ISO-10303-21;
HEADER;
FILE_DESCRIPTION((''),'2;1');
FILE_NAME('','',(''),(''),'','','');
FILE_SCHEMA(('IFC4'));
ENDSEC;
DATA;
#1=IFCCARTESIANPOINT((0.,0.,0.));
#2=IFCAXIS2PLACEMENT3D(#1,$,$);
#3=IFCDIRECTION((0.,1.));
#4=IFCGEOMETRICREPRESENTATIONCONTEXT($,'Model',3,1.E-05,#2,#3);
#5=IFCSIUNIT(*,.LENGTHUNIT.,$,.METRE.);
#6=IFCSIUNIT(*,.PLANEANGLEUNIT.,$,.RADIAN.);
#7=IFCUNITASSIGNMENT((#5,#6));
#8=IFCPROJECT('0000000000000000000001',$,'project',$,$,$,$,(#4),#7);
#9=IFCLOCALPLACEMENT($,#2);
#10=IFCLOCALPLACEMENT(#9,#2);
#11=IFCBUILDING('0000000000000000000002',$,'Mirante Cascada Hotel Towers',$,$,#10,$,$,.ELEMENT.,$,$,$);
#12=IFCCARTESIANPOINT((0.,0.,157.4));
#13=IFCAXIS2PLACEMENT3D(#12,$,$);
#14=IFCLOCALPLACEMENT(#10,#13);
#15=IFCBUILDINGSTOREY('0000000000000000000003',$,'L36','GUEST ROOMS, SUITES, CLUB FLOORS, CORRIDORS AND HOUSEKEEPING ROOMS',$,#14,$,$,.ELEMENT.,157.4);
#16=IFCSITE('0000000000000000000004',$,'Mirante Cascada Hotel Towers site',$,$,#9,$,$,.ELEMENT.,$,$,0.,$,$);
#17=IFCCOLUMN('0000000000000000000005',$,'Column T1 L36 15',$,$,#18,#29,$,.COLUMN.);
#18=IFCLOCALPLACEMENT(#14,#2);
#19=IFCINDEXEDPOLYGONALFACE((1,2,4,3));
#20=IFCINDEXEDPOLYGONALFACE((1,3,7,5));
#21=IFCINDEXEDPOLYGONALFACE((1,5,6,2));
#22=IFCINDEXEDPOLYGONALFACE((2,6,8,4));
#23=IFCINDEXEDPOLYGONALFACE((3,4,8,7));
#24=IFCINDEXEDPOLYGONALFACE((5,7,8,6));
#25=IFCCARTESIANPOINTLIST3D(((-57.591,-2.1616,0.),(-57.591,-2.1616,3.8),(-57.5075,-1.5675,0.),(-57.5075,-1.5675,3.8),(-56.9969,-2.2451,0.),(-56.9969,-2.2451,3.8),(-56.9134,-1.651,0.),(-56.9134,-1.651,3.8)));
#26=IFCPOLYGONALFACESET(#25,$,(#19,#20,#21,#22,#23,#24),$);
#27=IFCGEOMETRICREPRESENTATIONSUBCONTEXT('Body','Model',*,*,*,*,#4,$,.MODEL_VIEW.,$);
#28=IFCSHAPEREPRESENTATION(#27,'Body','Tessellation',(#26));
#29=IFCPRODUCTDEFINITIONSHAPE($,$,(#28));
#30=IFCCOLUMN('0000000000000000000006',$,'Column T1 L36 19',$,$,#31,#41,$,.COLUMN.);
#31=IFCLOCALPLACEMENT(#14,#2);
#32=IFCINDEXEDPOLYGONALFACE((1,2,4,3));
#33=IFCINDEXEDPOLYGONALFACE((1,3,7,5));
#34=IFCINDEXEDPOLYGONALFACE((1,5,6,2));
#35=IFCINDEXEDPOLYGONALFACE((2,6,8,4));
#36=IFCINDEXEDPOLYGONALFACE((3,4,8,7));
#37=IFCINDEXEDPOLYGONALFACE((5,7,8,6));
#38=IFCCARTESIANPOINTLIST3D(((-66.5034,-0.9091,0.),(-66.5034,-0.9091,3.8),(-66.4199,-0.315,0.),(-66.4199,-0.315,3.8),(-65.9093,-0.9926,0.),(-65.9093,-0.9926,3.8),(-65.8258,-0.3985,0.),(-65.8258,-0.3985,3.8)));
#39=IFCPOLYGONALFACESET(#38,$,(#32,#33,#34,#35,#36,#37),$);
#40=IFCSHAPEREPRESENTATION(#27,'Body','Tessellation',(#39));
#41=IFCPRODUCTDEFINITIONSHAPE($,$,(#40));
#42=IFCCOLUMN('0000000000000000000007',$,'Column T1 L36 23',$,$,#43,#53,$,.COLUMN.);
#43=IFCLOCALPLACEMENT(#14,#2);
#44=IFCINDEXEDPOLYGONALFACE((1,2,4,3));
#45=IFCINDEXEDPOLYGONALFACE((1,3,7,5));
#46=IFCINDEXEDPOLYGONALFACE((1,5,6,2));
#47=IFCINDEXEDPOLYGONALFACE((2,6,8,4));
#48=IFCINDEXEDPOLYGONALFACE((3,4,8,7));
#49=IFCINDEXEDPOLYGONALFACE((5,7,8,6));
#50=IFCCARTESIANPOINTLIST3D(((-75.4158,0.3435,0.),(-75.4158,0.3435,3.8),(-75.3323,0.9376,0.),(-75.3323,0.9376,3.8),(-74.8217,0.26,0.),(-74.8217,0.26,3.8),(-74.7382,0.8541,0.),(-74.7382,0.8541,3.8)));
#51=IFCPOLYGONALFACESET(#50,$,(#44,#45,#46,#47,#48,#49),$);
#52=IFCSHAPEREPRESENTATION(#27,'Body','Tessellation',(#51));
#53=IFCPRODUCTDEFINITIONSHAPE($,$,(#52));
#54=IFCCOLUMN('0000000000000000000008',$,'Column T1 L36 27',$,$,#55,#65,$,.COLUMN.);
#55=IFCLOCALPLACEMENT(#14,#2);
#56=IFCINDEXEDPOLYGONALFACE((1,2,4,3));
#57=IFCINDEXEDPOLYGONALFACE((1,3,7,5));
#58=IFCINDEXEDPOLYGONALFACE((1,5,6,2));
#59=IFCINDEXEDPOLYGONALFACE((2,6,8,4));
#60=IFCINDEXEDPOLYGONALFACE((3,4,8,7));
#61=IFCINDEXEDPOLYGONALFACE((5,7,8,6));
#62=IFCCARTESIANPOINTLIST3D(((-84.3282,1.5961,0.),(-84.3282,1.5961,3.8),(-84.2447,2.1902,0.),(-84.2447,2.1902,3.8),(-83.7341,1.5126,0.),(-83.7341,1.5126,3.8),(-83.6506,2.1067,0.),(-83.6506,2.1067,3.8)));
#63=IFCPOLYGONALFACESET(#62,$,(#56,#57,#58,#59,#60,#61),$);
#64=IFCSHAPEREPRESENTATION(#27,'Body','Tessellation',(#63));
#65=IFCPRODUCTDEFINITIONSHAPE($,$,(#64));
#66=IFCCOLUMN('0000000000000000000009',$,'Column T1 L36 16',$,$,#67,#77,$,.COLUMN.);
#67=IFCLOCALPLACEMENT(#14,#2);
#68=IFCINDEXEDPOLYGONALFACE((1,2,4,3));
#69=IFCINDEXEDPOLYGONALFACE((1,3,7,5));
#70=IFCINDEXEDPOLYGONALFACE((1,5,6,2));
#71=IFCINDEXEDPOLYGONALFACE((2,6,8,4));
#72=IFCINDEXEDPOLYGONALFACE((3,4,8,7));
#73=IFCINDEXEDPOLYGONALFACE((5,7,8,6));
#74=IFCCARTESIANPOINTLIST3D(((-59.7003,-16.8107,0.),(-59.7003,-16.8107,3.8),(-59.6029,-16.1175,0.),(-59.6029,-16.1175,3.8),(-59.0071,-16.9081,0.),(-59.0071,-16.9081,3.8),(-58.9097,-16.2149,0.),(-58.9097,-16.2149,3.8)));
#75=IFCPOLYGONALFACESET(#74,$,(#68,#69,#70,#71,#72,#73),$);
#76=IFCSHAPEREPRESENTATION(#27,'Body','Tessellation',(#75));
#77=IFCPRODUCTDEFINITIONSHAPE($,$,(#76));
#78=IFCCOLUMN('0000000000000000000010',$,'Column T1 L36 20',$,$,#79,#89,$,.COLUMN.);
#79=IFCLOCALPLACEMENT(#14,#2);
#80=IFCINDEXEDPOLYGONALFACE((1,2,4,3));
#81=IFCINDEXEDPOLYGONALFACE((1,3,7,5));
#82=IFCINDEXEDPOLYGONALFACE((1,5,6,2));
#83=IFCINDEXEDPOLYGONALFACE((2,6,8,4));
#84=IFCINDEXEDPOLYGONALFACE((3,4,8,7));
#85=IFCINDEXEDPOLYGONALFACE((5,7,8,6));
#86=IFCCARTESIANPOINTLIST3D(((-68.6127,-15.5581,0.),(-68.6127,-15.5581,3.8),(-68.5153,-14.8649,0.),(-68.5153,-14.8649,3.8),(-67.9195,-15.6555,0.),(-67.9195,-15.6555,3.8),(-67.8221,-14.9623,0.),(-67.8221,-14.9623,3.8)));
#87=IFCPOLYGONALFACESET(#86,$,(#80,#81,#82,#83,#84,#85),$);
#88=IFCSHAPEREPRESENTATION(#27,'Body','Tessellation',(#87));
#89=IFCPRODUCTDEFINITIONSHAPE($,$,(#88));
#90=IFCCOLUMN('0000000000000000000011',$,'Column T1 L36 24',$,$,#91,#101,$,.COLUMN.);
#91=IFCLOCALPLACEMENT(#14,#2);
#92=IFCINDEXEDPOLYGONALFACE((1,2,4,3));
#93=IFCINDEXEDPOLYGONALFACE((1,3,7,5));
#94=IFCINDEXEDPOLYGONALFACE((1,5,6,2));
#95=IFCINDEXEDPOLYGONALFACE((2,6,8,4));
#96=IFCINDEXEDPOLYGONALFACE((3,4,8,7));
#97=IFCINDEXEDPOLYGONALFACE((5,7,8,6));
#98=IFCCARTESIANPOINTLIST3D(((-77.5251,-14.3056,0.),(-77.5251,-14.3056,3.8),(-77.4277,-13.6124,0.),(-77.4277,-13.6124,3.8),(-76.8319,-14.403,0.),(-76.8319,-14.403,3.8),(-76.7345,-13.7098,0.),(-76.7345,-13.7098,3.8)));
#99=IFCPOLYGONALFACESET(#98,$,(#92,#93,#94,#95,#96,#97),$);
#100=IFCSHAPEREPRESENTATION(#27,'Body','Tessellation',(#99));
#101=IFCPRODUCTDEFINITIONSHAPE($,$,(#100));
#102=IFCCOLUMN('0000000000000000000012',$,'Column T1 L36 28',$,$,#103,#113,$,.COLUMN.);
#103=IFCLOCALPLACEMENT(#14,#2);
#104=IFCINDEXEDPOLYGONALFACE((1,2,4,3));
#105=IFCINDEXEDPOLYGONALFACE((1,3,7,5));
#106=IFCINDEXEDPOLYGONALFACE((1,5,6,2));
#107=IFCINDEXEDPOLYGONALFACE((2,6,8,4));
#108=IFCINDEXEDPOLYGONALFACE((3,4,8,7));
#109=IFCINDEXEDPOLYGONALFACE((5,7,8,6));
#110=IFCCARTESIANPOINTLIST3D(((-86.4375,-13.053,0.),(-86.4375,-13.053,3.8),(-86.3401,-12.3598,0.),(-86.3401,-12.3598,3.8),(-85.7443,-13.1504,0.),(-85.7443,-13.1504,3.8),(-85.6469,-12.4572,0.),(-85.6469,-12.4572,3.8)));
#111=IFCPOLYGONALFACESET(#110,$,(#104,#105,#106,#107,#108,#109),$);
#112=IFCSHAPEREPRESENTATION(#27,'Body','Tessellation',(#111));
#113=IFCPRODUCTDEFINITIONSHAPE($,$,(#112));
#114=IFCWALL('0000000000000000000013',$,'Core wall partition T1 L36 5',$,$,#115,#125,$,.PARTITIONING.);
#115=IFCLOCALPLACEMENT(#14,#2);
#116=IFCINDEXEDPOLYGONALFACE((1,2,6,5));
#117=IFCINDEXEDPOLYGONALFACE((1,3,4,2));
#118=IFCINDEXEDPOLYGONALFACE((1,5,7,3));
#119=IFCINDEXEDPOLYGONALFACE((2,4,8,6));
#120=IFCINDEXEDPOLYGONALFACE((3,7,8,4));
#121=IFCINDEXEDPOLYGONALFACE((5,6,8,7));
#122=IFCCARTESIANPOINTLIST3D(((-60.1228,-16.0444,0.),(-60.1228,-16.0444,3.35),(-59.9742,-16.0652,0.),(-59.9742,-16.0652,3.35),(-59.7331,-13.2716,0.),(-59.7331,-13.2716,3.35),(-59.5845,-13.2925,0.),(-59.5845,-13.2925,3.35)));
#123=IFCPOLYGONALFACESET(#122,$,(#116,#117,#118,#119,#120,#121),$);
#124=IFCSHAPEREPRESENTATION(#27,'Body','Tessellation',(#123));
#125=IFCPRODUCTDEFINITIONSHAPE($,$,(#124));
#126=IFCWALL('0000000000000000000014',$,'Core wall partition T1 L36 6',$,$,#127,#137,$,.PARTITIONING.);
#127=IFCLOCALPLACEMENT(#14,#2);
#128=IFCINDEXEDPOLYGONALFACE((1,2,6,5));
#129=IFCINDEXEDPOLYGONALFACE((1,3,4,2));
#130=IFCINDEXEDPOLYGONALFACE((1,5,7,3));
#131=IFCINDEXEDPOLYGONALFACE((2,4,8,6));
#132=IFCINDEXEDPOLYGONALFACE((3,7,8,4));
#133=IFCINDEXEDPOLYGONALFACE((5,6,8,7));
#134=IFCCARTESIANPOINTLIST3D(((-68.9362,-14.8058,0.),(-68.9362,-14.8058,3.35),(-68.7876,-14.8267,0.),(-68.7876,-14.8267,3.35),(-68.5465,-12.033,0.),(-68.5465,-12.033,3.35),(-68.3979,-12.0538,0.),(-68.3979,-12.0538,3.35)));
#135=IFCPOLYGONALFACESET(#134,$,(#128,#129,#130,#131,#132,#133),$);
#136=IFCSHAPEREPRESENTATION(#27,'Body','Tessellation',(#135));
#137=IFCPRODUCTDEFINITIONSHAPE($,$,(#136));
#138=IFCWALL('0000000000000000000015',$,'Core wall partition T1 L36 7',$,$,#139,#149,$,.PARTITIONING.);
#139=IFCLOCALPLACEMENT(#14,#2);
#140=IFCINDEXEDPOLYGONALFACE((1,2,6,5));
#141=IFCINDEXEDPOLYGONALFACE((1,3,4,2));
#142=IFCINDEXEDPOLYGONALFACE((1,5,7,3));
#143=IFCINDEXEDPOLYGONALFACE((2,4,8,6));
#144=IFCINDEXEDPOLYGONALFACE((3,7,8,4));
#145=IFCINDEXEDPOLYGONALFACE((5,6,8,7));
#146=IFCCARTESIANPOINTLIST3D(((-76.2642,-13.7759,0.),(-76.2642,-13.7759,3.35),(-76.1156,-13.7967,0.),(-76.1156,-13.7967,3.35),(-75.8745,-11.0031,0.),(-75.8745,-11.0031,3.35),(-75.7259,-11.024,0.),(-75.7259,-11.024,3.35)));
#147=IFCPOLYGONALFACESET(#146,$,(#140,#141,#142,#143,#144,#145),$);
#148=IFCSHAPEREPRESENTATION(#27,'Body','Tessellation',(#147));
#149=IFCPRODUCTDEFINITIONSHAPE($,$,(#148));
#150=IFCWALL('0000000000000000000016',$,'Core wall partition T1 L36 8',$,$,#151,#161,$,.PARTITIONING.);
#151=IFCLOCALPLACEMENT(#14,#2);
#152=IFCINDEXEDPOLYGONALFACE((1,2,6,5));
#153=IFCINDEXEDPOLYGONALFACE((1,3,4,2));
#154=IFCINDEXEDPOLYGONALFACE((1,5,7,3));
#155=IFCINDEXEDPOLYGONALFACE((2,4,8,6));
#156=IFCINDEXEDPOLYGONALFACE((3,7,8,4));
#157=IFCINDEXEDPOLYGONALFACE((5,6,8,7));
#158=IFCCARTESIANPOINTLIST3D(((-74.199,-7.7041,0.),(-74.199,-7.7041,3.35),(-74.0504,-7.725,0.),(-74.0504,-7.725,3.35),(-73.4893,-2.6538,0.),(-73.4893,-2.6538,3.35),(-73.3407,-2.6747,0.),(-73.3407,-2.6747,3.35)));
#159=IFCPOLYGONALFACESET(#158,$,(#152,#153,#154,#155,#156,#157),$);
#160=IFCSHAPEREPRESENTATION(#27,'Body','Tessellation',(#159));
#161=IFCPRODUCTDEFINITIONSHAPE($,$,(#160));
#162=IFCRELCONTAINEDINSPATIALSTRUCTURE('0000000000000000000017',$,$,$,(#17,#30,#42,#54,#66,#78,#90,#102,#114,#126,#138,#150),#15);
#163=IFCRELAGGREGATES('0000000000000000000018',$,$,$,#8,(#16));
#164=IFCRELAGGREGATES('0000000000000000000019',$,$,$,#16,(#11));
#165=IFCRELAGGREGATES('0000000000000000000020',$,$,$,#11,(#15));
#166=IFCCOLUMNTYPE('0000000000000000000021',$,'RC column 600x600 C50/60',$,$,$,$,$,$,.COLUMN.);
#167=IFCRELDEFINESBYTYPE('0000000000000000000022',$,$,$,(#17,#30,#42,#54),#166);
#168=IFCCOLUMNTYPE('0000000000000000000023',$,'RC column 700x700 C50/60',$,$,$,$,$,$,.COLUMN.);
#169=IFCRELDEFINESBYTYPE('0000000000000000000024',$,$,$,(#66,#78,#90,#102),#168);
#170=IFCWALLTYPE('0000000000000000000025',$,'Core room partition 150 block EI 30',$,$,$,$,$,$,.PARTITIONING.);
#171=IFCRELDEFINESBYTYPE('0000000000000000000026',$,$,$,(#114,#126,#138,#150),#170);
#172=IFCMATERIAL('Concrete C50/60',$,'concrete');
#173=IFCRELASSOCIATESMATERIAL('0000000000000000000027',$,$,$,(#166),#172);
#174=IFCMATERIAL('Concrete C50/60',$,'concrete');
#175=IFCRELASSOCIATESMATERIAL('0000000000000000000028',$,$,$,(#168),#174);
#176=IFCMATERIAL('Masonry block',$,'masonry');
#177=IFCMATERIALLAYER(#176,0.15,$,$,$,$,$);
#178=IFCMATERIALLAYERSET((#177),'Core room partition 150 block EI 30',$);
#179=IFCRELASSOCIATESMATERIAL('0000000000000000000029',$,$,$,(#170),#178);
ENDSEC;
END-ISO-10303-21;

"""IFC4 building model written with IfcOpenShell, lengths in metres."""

from ifc_helpers import new_model, si_unit, direction, frame, frame_2d, origin, origin_2d, place, context, subcontext, project, spatial, rectangle, extrude, material, layer, layer_set, material_profile, profile_set, type_object, element, save


model = new_model("IFC4")

# Units and contexts
model_context = context("Model", 3, precision=1e-05, world=origin(), true_north=direction((0.0, 1.0)))
body_context = subcontext(model_context, "Body", "Model", "MODEL_VIEW")
ifc_project = project(units=[si_unit("LENGTHUNIT", "METRE"), si_unit("PLANEANGLEUNIT", "RADIAN")], contexts=[model_context])

# Site, building, storey
site_placement = place(None, origin())
site = spatial("IfcSite", under=ifc_project, at=site_placement, Name="Mirante Cascada Hotel Towers site", CompositionType="ELEMENT", RefElevation=0.0)
building_placement = place(site_placement, origin())
building = spatial("IfcBuilding", under=site, at=building_placement, Name="Mirante Cascada Hotel Towers", CompositionType="ELEMENT")
storey_placement = place(building_placement, frame((0.0, 0.0, 157.4)))
storey = spatial("IfcBuildingStorey", under=building, at=storey_placement, Name="L36", Description="GUEST ROOMS, SUITES, CLUB FLOORS, CORRIDORS AND HOUSEKEEPING ROOMS", CompositionType="ELEMENT", Elevation=157.4)

# Columns
ifc_material_1 = material(Name="Concrete C50/60", Category="concrete")
ifc_material_profile_1 = material_profile(ifc_material_1, rectangle(XDim=0.6, YDim=0.6, at=origin_2d()), Name="RC column 600x600 C50/60")
ifc_profile_set_1 = profile_set([ifc_material_profile_1], Name="Concrete C50/60")
column_type_1 = type_object("IfcColumnType", Name="RC column 600x600 C50/60", PredefinedType="COLUMN", material=ifc_profile_set_1)
for number, where, z_axis, x_axis, name in (
    (1, (-57.2522, -1.9063, 0.0), (0.0, 0.0, 1.0), (-0.990268, 0.139173, 0.0), "Column T1 L36 15"),
    (2, (-66.1646, -0.6538, 0.0), (0.0, 0.0, 1.0), (-0.990268, 0.139173, 0.0), "Column T1 L36 19"),
    (3, (-75.077, 0.5988, 0.0), (0.0, 0.0, 1.0), (-0.990268, 0.139173, 0.0), "Column T1 L36 23"),
    (4, (-83.9894, 1.8514, 0.0), (0.0, 0.0, 1.0), (-0.990268, 0.139173, 0.0), "Column T1 L36 27"),
):
    element("IfcColumn", number, at=place(storey_placement, frame(where, z_axis=z_axis, x_axis=x_axis)), inside=storey, type_object=column_type_1, Name=name, PredefinedType="COLUMN", context=body_context, shape_type="SweptSolid", body=[
        extrude(rectangle(XDim=0.6, YDim=0.6, at=origin_2d()), origin(), (0.0, 0.0, 1.0), 3.8),
    ])
ifc_material_2 = material(Name="Concrete C50/60", Category="concrete")
ifc_material_profile_2 = material_profile(ifc_material_2, rectangle(XDim=0.7, YDim=0.7, at=origin_2d()), Name="RC column 700x700 C50/60")
ifc_profile_set_2 = profile_set([ifc_material_profile_2], Name="Concrete C50/60")
column_type_2 = type_object("IfcColumnType", Name="RC column 700x700 C50/60", PredefinedType="COLUMN", material=ifc_profile_set_2)
for number, where, z_axis, x_axis, name in (
    (5, (-59.305, -16.5128, 0.0), (0.0, 0.0, 1.0), (-0.990268, 0.139173, 0.0), "Column T1 L36 16"),
    (6, (-68.2174, -15.2602, 0.0), (0.0, 0.0, 1.0), (-0.990268, 0.139173, 0.0), "Column T1 L36 20"),
    (7, (-77.1298, -14.0077, 0.0), (0.0, 0.0, 1.0), (-0.990268, 0.139173, 0.0), "Column T1 L36 24"),
    (8, (-86.0422, -12.7551, 0.0), (0.0, 0.0, 1.0), (-0.990268, 0.139173, 0.0), "Column T1 L36 28"),
):
    element("IfcColumn", number, at=place(storey_placement, frame(where, z_axis=z_axis, x_axis=x_axis)), inside=storey, type_object=column_type_2, Name=name, PredefinedType="COLUMN", context=body_context, shape_type="SweptSolid", body=[
        extrude(rectangle(XDim=0.7, YDim=0.7, at=origin_2d()), origin(), (0.0, 0.0, 1.0), 3.8),
    ])

# Walls
ifc_material_3 = material(Name="Masonry block", Category="masonry")
ifc_layer_1 = layer(ifc_material_3, 0.15)
ifc_layer_set_1 = layer_set([ifc_layer_1], Name="Core room partition 150 block EI 30")
wall_type_1 = type_object("IfcWallType", Name="Core room partition 150 block EI 30", PredefinedType="PARTITIONING", material=ifc_layer_set_1)
wall_1_placement = place(storey_placement, frame((-60.0485, -16.0548, 0.0), z_axis=(0.0, 0.0, 1.0), x_axis=(0.139181, 0.990267, 0.0)))
element("IfcWall", 9, at=wall_1_placement, inside=storey, type_object=wall_type_1, Name="Core wall partition T1 L36 5", PredefinedType="PARTITIONING", context=body_context, shape_type="SweptSolid", body=[
    extrude(rectangle(XDim=2.8, YDim=0.15, at=frame_2d((1.4, 0.0))), origin(), (0.0, 0.0, 1.0), 3.35),
])
wall_2_placement = place(storey_placement, frame((-68.8619, -14.8162, 0.0), z_axis=(0.0, 0.0, 1.0), x_axis=(0.139176, 0.990268, 0.0)))
element("IfcWall", 10, at=wall_2_placement, inside=storey, type_object=wall_type_1, Name="Core wall partition T1 L36 6", PredefinedType="PARTITIONING", context=body_context, shape_type="SweptSolid", body=[
    extrude(rectangle(XDim=2.8001, YDim=0.15, at=frame_2d((1.4, 0.0))), origin(), (0.0, 0.0, 1.0), 3.35),
])
wall_3_placement = place(storey_placement, frame((-76.1899, -13.7863, 0.0), z_axis=(0.0, 0.0, 1.0), x_axis=(0.139181, 0.990267, 0.0)))
element("IfcWall", 11, at=wall_3_placement, inside=storey, type_object=wall_type_1, Name="Core wall partition T1 L36 7", PredefinedType="PARTITIONING", context=body_context, shape_type="SweptSolid", body=[
    extrude(rectangle(XDim=2.8, YDim=0.15, at=frame_2d((1.4, 0.0))), origin(), (0.0, 0.0, 1.0), 3.35),
])
wall_4_placement = place(storey_placement, frame((-74.1247, -7.7146, 0.0), z_axis=(0.0, 0.0, 1.0), x_axis=(0.139159, 0.99027, 0.0)))
element("IfcWall", 12, at=wall_4_placement, inside=storey, type_object=wall_type_1, Name="Core wall partition T1 L36 8", PredefinedType="PARTITIONING", context=body_context, shape_type="SweptSolid", body=[
    extrude(rectangle(XDim=5.0999, YDim=0.15, at=frame_2d((2.55, 0.0))), origin(), (0.0, 0.0, 1.0), 3.35),
])

save(model, "model.ifc")
